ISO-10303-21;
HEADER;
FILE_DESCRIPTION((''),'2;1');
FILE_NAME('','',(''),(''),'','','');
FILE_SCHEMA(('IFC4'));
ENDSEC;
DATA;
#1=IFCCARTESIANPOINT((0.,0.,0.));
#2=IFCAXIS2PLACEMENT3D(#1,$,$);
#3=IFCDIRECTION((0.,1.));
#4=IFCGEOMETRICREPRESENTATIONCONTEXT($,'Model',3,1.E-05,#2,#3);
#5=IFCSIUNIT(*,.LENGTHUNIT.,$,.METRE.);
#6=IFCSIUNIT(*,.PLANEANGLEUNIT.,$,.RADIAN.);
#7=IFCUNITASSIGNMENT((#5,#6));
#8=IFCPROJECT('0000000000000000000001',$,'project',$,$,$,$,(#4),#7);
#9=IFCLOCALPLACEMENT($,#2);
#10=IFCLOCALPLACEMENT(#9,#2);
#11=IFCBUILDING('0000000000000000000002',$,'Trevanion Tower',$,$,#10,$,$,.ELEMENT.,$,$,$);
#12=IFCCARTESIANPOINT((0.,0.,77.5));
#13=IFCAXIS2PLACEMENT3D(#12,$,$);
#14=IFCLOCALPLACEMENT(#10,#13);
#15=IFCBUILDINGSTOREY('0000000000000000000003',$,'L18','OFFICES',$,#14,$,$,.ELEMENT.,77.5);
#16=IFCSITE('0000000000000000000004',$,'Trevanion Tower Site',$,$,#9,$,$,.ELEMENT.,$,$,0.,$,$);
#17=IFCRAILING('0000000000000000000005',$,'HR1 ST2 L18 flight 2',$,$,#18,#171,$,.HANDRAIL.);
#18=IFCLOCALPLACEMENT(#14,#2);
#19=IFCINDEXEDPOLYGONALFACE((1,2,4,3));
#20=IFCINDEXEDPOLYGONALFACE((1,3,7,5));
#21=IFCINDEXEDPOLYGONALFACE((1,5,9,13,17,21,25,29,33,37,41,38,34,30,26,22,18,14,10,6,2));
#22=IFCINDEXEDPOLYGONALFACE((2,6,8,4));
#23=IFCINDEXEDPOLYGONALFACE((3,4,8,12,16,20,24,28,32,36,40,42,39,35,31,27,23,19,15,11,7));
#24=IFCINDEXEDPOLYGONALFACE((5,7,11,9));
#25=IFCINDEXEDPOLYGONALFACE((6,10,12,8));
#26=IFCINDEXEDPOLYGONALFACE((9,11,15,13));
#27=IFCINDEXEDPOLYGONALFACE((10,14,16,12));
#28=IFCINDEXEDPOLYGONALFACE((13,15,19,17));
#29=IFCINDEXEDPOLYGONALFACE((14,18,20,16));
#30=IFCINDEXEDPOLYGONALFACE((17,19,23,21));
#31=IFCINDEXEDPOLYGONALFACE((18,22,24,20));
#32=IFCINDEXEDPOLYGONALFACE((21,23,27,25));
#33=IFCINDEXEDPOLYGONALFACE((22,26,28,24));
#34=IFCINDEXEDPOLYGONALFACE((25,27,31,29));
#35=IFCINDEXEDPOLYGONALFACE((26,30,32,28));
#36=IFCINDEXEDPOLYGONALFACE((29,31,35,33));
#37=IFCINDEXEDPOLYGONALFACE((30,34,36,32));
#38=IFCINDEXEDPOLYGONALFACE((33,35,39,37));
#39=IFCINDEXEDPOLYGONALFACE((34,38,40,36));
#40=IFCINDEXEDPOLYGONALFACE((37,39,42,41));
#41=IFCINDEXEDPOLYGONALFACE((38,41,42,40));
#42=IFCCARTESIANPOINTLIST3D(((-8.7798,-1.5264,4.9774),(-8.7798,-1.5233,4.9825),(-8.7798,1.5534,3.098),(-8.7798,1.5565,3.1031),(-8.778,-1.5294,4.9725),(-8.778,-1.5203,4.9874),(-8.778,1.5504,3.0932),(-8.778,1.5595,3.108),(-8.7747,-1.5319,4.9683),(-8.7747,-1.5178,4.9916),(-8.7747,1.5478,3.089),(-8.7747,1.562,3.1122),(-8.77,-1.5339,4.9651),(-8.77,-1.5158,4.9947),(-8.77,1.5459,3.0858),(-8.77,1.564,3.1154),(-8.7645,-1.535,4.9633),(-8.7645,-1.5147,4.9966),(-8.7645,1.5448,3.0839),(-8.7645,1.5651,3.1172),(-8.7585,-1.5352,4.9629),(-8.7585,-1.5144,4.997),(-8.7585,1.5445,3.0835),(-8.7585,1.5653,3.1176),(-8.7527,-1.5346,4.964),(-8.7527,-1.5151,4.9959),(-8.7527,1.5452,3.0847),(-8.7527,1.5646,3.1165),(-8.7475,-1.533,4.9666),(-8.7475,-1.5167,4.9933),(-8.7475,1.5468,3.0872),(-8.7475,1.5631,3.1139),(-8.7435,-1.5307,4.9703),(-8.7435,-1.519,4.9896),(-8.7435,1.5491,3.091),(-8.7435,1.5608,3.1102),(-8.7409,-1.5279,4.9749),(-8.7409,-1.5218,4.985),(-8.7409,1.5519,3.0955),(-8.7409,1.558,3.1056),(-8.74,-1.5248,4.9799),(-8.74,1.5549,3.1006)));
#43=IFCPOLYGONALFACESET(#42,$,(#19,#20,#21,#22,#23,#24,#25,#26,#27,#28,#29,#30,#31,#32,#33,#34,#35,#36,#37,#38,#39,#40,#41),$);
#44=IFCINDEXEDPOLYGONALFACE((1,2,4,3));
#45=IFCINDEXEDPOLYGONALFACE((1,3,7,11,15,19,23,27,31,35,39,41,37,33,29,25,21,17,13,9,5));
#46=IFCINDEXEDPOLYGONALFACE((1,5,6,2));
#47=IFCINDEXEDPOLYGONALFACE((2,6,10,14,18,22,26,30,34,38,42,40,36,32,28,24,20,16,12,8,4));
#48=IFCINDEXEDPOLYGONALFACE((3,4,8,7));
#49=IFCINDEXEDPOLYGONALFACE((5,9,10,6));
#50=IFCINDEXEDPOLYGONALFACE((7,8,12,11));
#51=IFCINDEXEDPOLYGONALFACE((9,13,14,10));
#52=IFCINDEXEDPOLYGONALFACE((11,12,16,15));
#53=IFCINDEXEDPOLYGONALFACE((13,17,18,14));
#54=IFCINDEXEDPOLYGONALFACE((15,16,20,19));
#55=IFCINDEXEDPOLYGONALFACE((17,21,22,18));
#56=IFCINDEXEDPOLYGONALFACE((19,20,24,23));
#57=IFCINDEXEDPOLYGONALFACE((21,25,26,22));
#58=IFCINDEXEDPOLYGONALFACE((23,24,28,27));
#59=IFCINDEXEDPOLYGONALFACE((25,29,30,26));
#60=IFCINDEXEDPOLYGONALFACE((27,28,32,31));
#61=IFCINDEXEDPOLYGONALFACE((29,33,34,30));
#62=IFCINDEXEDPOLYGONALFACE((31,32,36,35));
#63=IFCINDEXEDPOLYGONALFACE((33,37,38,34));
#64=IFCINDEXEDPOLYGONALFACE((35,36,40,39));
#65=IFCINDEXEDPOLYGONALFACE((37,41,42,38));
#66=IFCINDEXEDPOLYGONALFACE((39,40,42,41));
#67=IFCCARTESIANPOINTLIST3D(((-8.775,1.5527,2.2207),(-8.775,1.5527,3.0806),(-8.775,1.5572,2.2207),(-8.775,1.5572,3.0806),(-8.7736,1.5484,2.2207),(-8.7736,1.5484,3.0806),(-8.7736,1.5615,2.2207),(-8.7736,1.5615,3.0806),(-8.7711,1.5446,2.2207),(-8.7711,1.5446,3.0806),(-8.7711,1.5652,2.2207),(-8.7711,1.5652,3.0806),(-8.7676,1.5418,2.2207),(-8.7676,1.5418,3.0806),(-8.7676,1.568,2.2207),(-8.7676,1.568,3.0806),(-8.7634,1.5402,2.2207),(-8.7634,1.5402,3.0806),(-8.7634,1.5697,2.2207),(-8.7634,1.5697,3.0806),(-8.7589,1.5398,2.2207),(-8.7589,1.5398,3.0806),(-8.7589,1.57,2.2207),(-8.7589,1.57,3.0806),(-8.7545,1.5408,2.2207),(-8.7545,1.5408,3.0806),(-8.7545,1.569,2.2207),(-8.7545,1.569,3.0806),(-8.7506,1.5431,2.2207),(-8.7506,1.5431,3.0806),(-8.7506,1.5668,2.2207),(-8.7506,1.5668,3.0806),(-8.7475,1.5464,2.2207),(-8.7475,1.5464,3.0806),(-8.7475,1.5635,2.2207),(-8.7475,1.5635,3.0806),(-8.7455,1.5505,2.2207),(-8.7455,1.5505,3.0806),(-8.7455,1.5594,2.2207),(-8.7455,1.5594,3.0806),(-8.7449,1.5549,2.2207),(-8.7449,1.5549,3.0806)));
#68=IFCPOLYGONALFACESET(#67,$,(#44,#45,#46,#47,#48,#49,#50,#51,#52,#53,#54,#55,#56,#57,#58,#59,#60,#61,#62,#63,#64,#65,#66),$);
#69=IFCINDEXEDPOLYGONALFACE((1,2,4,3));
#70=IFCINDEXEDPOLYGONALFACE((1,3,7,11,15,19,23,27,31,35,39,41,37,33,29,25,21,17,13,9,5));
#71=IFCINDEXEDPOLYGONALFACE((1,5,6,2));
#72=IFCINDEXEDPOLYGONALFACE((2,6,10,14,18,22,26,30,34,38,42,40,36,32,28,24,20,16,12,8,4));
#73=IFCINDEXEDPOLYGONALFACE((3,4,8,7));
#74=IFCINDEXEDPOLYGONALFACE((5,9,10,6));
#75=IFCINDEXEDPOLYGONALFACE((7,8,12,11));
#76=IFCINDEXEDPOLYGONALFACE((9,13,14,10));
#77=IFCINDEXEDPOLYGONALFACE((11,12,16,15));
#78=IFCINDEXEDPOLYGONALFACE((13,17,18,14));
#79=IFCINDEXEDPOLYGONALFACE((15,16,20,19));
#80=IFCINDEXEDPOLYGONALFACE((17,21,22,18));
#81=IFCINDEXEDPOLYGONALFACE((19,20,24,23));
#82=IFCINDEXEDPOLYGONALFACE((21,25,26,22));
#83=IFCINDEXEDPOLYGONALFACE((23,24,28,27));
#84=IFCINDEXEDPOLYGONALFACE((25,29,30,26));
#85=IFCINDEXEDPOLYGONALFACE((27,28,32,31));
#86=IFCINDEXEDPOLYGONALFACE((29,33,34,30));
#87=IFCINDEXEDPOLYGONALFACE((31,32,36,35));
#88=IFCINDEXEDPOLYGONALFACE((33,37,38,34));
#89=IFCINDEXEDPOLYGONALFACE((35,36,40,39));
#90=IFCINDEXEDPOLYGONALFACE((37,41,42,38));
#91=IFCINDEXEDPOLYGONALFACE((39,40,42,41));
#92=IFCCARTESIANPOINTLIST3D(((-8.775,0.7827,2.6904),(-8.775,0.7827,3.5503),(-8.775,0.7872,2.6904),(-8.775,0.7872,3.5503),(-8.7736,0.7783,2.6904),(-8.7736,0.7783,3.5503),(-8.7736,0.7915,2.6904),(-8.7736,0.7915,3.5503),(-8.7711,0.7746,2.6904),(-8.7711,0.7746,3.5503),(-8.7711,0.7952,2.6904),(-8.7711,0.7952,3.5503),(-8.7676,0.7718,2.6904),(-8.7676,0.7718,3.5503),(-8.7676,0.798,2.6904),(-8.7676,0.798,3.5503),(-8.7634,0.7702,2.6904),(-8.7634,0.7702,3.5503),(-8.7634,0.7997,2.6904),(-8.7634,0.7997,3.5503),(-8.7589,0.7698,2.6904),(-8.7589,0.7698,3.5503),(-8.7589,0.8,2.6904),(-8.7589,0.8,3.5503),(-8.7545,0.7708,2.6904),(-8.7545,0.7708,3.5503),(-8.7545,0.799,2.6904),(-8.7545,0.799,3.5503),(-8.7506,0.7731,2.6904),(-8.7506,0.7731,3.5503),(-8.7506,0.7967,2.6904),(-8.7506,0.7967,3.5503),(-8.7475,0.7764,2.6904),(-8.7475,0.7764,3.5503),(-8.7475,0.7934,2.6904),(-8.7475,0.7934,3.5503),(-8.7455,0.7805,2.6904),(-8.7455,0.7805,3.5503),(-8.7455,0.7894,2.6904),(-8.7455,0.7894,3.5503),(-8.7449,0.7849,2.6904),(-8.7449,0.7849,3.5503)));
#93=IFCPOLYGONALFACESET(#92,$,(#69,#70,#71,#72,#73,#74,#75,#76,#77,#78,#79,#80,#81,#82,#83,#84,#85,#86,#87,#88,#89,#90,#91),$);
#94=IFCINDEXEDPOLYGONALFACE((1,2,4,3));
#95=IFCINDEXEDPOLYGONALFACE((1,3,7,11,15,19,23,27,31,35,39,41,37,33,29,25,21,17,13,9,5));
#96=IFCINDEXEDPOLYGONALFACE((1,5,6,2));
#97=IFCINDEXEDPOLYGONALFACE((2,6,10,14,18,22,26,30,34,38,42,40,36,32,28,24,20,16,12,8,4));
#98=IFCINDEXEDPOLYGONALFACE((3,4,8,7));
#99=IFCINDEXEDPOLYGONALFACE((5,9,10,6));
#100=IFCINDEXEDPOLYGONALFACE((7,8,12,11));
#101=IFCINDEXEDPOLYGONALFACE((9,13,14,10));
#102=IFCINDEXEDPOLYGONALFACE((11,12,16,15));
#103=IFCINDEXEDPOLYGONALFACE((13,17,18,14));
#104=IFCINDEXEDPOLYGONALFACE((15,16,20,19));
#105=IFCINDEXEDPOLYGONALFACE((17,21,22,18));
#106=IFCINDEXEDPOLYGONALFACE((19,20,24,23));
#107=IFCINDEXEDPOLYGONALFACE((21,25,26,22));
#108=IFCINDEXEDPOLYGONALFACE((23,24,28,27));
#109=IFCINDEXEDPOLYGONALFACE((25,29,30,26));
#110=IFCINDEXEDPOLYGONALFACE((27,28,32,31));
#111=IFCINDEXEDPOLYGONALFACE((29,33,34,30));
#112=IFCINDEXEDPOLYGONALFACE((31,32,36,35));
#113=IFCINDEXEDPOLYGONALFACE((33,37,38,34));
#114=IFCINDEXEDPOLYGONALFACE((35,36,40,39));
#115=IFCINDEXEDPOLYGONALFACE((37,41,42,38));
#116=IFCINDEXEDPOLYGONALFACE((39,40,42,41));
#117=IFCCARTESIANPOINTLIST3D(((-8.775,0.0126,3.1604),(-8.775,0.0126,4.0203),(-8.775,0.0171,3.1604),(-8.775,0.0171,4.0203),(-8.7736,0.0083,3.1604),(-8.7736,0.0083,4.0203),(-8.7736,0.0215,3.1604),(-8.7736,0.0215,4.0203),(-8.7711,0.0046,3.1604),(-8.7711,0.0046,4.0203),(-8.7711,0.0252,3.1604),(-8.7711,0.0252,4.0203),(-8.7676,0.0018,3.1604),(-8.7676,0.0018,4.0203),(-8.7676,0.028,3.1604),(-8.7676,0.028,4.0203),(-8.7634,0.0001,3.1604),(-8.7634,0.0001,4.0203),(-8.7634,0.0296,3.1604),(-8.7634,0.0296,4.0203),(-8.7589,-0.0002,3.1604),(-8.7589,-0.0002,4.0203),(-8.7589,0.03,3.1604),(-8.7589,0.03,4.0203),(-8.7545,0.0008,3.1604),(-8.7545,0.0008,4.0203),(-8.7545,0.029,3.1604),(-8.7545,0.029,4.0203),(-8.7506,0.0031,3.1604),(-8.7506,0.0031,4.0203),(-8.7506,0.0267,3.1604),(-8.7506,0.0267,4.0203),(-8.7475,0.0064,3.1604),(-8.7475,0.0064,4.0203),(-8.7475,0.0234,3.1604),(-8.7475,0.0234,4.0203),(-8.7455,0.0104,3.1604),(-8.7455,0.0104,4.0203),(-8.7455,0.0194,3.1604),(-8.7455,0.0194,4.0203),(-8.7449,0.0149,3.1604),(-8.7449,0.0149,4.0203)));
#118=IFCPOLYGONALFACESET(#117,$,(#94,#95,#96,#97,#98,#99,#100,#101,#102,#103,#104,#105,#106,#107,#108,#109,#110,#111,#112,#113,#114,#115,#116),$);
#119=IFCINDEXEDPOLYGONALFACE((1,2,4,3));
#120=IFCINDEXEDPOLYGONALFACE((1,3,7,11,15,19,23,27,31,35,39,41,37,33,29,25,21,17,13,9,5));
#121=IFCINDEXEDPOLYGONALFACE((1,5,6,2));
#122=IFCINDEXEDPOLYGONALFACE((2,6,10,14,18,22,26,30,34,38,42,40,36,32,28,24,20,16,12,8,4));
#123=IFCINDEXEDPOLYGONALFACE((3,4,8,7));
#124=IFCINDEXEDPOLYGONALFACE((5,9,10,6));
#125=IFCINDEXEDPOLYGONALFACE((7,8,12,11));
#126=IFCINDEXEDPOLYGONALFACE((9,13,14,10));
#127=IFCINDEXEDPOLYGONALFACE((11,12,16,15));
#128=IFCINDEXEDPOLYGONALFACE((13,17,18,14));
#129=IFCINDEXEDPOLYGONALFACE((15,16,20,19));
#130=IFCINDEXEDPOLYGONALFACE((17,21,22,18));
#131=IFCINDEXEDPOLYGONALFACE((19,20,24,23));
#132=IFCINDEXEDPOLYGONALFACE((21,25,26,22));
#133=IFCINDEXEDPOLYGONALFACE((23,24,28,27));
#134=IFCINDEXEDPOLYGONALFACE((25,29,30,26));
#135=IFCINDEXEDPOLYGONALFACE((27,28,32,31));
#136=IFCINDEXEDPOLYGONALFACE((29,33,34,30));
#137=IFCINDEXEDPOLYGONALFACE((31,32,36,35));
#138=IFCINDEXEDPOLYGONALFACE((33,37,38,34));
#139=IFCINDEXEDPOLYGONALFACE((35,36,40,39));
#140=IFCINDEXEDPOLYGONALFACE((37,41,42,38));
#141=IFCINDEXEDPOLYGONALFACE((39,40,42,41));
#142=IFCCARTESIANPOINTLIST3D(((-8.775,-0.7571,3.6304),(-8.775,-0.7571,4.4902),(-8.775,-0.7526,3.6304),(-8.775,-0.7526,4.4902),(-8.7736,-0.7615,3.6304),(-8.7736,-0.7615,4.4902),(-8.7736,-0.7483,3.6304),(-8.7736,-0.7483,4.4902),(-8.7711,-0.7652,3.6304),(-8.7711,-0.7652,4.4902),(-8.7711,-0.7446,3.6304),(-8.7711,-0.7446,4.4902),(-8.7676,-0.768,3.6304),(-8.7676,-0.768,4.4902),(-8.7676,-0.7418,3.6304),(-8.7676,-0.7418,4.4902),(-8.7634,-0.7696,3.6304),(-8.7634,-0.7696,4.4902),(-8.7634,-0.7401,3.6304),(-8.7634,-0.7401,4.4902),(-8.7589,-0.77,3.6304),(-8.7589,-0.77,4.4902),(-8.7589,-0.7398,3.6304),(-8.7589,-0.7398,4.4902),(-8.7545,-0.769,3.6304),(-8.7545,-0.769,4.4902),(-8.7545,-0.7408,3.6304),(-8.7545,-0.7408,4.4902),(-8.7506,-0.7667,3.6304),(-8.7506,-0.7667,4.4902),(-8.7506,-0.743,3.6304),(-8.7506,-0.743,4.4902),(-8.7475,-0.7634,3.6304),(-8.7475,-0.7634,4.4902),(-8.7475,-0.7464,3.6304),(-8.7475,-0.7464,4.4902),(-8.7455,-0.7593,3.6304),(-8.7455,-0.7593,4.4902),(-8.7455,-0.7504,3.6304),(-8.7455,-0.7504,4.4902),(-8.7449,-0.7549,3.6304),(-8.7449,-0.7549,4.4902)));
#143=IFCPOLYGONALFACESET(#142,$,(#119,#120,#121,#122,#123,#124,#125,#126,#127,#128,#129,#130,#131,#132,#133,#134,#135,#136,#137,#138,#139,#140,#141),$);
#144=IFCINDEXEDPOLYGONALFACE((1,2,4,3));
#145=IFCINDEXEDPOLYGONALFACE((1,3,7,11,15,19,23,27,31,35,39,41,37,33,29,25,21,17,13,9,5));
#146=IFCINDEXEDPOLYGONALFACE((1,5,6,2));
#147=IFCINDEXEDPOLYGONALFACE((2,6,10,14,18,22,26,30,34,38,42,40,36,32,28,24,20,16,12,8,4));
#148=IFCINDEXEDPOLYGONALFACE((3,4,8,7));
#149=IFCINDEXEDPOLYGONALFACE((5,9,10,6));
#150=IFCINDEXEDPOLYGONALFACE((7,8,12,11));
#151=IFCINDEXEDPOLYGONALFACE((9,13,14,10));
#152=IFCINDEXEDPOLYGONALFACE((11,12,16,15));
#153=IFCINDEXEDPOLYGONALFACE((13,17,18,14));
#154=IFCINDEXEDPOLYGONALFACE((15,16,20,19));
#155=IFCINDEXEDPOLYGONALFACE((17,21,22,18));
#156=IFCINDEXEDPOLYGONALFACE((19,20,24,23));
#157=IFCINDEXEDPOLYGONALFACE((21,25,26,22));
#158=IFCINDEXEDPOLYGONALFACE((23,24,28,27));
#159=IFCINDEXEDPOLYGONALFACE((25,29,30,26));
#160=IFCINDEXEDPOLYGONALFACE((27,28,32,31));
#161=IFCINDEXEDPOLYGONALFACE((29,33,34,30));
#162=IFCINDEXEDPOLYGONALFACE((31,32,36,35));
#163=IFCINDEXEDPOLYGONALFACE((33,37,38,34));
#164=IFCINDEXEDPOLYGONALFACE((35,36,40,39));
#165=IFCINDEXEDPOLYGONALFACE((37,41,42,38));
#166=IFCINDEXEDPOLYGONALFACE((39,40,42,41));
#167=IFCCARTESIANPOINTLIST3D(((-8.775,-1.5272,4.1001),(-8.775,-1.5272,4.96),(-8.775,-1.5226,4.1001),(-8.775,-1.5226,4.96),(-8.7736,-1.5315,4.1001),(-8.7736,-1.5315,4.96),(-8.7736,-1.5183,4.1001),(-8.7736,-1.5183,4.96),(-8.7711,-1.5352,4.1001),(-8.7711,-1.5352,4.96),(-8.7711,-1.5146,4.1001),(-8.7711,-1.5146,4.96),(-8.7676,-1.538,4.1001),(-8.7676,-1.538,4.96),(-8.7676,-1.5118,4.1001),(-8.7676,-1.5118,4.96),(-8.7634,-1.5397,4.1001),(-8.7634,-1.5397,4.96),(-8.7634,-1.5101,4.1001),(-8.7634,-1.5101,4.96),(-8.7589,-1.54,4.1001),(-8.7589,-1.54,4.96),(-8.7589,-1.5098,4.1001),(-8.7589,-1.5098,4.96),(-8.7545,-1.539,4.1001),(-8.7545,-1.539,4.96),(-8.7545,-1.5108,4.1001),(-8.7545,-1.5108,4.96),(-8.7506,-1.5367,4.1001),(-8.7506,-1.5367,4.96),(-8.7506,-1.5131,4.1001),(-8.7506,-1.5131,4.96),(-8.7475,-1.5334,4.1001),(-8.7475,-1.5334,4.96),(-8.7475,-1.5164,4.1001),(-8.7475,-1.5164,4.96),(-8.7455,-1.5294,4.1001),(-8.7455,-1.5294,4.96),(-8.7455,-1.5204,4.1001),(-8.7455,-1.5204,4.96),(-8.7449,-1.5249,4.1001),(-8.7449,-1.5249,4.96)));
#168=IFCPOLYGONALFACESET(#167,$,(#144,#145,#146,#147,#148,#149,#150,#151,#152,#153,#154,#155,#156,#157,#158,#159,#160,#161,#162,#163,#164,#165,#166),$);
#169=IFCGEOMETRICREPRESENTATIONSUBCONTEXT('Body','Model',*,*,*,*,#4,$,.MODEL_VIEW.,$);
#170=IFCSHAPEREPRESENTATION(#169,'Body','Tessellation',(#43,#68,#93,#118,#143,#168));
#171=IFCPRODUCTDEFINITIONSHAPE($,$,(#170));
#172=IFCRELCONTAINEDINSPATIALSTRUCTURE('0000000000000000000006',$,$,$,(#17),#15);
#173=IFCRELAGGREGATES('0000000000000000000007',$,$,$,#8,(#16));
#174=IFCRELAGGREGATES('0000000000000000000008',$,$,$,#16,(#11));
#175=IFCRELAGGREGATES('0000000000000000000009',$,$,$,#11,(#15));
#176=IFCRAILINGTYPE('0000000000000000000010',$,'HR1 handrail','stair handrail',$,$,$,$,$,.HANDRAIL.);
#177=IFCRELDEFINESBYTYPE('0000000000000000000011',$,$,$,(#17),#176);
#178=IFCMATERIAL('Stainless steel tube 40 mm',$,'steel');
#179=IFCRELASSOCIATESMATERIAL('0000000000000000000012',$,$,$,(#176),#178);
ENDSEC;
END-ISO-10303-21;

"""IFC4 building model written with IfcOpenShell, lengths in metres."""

from ifc_helpers import new_model, si_unit, direction, frame, origin, origin_2d, place, context, subcontext, project, spatial, circle, extrude, material, type_object, element, save


model = new_model("IFC4")

# Units and contexts
model_context = context("Model", 3, precision=1e-05, world=origin(), true_north=direction((0.0, 1.0)))
body_context = subcontext(model_context, "Body", "Model", "MODEL_VIEW")
ifc_project = project(units=[si_unit("LENGTHUNIT", "METRE"), si_unit("PLANEANGLEUNIT", "RADIAN")], contexts=[model_context])

# Site, building, storey
site_placement = place(None, origin())
site = spatial("IfcSite", under=ifc_project, at=site_placement, Name="Trevanion Tower Site", CompositionType="ELEMENT", RefElevation=0.0)
building_placement = place(site_placement, origin())
building = spatial("IfcBuilding", under=site, at=building_placement, Name="Trevanion Tower", CompositionType="ELEMENT")
storey_placement = place(building_placement, frame((0.0, 0.0, 77.5)))
storey = spatial("IfcBuildingStorey", under=building, at=storey_placement, Name="L18", Description="OFFICES", CompositionType="ELEMENT", Elevation=77.5)

# Railing
ifc_material_1 = material(Name="Stainless steel tube 40 mm", Category="steel")
railing_type = type_object("IfcRailingType", Name="HR1 handrail", Description="stair handrail", PredefinedType="HANDRAIL", material=ifc_material_1)
for number, where, name in (
    (1, (-8.76, 1.5549, 2.2207), "HR1 ST2 L18 flight 2"),
):
    element("IfcRailing", number, at=place(storey_placement, frame(where)), inside=storey, type_object=railing_type, Name=name, PredefinedType="HANDRAIL", context=body_context, shape_type="SweptSolid", body=[
        extrude(circle(Radius=0.02, at=origin_2d()), frame((0.0, 0.0, 0.8799), z_axis=(0.0, -0.853618, 0.5209), x_axis=(1.0, 0.0, 0.0)), (0.0, 0.0, 1.0), 3.6079),
        extrude(circle(Radius=0.0151, at=origin_2d()), origin(), (0.0, 0.0, 1.0), 0.8599),
        extrude(circle(Radius=0.0151, at=origin_2d()), frame((0.0, -0.77, 0.4697)), (0.0, 0.0, 1.0), 0.8599),
        extrude(circle(Radius=0.0151, at=origin_2d()), frame((0.0, -1.54, 0.9397)), (0.0, 0.0, 1.0), 0.8599),
        extrude(circle(Radius=0.0151, at=origin_2d()), frame((0.0, -2.3098, 1.4097)), (0.0, 0.0, 1.0), 0.8599),
        extrude(circle(Radius=0.0151, at=origin_2d()), frame((0.0, -3.0798, 1.8794)), (0.0, 0.0, 1.0), 0.8599),
    ])

save(model, "model.ifc")
